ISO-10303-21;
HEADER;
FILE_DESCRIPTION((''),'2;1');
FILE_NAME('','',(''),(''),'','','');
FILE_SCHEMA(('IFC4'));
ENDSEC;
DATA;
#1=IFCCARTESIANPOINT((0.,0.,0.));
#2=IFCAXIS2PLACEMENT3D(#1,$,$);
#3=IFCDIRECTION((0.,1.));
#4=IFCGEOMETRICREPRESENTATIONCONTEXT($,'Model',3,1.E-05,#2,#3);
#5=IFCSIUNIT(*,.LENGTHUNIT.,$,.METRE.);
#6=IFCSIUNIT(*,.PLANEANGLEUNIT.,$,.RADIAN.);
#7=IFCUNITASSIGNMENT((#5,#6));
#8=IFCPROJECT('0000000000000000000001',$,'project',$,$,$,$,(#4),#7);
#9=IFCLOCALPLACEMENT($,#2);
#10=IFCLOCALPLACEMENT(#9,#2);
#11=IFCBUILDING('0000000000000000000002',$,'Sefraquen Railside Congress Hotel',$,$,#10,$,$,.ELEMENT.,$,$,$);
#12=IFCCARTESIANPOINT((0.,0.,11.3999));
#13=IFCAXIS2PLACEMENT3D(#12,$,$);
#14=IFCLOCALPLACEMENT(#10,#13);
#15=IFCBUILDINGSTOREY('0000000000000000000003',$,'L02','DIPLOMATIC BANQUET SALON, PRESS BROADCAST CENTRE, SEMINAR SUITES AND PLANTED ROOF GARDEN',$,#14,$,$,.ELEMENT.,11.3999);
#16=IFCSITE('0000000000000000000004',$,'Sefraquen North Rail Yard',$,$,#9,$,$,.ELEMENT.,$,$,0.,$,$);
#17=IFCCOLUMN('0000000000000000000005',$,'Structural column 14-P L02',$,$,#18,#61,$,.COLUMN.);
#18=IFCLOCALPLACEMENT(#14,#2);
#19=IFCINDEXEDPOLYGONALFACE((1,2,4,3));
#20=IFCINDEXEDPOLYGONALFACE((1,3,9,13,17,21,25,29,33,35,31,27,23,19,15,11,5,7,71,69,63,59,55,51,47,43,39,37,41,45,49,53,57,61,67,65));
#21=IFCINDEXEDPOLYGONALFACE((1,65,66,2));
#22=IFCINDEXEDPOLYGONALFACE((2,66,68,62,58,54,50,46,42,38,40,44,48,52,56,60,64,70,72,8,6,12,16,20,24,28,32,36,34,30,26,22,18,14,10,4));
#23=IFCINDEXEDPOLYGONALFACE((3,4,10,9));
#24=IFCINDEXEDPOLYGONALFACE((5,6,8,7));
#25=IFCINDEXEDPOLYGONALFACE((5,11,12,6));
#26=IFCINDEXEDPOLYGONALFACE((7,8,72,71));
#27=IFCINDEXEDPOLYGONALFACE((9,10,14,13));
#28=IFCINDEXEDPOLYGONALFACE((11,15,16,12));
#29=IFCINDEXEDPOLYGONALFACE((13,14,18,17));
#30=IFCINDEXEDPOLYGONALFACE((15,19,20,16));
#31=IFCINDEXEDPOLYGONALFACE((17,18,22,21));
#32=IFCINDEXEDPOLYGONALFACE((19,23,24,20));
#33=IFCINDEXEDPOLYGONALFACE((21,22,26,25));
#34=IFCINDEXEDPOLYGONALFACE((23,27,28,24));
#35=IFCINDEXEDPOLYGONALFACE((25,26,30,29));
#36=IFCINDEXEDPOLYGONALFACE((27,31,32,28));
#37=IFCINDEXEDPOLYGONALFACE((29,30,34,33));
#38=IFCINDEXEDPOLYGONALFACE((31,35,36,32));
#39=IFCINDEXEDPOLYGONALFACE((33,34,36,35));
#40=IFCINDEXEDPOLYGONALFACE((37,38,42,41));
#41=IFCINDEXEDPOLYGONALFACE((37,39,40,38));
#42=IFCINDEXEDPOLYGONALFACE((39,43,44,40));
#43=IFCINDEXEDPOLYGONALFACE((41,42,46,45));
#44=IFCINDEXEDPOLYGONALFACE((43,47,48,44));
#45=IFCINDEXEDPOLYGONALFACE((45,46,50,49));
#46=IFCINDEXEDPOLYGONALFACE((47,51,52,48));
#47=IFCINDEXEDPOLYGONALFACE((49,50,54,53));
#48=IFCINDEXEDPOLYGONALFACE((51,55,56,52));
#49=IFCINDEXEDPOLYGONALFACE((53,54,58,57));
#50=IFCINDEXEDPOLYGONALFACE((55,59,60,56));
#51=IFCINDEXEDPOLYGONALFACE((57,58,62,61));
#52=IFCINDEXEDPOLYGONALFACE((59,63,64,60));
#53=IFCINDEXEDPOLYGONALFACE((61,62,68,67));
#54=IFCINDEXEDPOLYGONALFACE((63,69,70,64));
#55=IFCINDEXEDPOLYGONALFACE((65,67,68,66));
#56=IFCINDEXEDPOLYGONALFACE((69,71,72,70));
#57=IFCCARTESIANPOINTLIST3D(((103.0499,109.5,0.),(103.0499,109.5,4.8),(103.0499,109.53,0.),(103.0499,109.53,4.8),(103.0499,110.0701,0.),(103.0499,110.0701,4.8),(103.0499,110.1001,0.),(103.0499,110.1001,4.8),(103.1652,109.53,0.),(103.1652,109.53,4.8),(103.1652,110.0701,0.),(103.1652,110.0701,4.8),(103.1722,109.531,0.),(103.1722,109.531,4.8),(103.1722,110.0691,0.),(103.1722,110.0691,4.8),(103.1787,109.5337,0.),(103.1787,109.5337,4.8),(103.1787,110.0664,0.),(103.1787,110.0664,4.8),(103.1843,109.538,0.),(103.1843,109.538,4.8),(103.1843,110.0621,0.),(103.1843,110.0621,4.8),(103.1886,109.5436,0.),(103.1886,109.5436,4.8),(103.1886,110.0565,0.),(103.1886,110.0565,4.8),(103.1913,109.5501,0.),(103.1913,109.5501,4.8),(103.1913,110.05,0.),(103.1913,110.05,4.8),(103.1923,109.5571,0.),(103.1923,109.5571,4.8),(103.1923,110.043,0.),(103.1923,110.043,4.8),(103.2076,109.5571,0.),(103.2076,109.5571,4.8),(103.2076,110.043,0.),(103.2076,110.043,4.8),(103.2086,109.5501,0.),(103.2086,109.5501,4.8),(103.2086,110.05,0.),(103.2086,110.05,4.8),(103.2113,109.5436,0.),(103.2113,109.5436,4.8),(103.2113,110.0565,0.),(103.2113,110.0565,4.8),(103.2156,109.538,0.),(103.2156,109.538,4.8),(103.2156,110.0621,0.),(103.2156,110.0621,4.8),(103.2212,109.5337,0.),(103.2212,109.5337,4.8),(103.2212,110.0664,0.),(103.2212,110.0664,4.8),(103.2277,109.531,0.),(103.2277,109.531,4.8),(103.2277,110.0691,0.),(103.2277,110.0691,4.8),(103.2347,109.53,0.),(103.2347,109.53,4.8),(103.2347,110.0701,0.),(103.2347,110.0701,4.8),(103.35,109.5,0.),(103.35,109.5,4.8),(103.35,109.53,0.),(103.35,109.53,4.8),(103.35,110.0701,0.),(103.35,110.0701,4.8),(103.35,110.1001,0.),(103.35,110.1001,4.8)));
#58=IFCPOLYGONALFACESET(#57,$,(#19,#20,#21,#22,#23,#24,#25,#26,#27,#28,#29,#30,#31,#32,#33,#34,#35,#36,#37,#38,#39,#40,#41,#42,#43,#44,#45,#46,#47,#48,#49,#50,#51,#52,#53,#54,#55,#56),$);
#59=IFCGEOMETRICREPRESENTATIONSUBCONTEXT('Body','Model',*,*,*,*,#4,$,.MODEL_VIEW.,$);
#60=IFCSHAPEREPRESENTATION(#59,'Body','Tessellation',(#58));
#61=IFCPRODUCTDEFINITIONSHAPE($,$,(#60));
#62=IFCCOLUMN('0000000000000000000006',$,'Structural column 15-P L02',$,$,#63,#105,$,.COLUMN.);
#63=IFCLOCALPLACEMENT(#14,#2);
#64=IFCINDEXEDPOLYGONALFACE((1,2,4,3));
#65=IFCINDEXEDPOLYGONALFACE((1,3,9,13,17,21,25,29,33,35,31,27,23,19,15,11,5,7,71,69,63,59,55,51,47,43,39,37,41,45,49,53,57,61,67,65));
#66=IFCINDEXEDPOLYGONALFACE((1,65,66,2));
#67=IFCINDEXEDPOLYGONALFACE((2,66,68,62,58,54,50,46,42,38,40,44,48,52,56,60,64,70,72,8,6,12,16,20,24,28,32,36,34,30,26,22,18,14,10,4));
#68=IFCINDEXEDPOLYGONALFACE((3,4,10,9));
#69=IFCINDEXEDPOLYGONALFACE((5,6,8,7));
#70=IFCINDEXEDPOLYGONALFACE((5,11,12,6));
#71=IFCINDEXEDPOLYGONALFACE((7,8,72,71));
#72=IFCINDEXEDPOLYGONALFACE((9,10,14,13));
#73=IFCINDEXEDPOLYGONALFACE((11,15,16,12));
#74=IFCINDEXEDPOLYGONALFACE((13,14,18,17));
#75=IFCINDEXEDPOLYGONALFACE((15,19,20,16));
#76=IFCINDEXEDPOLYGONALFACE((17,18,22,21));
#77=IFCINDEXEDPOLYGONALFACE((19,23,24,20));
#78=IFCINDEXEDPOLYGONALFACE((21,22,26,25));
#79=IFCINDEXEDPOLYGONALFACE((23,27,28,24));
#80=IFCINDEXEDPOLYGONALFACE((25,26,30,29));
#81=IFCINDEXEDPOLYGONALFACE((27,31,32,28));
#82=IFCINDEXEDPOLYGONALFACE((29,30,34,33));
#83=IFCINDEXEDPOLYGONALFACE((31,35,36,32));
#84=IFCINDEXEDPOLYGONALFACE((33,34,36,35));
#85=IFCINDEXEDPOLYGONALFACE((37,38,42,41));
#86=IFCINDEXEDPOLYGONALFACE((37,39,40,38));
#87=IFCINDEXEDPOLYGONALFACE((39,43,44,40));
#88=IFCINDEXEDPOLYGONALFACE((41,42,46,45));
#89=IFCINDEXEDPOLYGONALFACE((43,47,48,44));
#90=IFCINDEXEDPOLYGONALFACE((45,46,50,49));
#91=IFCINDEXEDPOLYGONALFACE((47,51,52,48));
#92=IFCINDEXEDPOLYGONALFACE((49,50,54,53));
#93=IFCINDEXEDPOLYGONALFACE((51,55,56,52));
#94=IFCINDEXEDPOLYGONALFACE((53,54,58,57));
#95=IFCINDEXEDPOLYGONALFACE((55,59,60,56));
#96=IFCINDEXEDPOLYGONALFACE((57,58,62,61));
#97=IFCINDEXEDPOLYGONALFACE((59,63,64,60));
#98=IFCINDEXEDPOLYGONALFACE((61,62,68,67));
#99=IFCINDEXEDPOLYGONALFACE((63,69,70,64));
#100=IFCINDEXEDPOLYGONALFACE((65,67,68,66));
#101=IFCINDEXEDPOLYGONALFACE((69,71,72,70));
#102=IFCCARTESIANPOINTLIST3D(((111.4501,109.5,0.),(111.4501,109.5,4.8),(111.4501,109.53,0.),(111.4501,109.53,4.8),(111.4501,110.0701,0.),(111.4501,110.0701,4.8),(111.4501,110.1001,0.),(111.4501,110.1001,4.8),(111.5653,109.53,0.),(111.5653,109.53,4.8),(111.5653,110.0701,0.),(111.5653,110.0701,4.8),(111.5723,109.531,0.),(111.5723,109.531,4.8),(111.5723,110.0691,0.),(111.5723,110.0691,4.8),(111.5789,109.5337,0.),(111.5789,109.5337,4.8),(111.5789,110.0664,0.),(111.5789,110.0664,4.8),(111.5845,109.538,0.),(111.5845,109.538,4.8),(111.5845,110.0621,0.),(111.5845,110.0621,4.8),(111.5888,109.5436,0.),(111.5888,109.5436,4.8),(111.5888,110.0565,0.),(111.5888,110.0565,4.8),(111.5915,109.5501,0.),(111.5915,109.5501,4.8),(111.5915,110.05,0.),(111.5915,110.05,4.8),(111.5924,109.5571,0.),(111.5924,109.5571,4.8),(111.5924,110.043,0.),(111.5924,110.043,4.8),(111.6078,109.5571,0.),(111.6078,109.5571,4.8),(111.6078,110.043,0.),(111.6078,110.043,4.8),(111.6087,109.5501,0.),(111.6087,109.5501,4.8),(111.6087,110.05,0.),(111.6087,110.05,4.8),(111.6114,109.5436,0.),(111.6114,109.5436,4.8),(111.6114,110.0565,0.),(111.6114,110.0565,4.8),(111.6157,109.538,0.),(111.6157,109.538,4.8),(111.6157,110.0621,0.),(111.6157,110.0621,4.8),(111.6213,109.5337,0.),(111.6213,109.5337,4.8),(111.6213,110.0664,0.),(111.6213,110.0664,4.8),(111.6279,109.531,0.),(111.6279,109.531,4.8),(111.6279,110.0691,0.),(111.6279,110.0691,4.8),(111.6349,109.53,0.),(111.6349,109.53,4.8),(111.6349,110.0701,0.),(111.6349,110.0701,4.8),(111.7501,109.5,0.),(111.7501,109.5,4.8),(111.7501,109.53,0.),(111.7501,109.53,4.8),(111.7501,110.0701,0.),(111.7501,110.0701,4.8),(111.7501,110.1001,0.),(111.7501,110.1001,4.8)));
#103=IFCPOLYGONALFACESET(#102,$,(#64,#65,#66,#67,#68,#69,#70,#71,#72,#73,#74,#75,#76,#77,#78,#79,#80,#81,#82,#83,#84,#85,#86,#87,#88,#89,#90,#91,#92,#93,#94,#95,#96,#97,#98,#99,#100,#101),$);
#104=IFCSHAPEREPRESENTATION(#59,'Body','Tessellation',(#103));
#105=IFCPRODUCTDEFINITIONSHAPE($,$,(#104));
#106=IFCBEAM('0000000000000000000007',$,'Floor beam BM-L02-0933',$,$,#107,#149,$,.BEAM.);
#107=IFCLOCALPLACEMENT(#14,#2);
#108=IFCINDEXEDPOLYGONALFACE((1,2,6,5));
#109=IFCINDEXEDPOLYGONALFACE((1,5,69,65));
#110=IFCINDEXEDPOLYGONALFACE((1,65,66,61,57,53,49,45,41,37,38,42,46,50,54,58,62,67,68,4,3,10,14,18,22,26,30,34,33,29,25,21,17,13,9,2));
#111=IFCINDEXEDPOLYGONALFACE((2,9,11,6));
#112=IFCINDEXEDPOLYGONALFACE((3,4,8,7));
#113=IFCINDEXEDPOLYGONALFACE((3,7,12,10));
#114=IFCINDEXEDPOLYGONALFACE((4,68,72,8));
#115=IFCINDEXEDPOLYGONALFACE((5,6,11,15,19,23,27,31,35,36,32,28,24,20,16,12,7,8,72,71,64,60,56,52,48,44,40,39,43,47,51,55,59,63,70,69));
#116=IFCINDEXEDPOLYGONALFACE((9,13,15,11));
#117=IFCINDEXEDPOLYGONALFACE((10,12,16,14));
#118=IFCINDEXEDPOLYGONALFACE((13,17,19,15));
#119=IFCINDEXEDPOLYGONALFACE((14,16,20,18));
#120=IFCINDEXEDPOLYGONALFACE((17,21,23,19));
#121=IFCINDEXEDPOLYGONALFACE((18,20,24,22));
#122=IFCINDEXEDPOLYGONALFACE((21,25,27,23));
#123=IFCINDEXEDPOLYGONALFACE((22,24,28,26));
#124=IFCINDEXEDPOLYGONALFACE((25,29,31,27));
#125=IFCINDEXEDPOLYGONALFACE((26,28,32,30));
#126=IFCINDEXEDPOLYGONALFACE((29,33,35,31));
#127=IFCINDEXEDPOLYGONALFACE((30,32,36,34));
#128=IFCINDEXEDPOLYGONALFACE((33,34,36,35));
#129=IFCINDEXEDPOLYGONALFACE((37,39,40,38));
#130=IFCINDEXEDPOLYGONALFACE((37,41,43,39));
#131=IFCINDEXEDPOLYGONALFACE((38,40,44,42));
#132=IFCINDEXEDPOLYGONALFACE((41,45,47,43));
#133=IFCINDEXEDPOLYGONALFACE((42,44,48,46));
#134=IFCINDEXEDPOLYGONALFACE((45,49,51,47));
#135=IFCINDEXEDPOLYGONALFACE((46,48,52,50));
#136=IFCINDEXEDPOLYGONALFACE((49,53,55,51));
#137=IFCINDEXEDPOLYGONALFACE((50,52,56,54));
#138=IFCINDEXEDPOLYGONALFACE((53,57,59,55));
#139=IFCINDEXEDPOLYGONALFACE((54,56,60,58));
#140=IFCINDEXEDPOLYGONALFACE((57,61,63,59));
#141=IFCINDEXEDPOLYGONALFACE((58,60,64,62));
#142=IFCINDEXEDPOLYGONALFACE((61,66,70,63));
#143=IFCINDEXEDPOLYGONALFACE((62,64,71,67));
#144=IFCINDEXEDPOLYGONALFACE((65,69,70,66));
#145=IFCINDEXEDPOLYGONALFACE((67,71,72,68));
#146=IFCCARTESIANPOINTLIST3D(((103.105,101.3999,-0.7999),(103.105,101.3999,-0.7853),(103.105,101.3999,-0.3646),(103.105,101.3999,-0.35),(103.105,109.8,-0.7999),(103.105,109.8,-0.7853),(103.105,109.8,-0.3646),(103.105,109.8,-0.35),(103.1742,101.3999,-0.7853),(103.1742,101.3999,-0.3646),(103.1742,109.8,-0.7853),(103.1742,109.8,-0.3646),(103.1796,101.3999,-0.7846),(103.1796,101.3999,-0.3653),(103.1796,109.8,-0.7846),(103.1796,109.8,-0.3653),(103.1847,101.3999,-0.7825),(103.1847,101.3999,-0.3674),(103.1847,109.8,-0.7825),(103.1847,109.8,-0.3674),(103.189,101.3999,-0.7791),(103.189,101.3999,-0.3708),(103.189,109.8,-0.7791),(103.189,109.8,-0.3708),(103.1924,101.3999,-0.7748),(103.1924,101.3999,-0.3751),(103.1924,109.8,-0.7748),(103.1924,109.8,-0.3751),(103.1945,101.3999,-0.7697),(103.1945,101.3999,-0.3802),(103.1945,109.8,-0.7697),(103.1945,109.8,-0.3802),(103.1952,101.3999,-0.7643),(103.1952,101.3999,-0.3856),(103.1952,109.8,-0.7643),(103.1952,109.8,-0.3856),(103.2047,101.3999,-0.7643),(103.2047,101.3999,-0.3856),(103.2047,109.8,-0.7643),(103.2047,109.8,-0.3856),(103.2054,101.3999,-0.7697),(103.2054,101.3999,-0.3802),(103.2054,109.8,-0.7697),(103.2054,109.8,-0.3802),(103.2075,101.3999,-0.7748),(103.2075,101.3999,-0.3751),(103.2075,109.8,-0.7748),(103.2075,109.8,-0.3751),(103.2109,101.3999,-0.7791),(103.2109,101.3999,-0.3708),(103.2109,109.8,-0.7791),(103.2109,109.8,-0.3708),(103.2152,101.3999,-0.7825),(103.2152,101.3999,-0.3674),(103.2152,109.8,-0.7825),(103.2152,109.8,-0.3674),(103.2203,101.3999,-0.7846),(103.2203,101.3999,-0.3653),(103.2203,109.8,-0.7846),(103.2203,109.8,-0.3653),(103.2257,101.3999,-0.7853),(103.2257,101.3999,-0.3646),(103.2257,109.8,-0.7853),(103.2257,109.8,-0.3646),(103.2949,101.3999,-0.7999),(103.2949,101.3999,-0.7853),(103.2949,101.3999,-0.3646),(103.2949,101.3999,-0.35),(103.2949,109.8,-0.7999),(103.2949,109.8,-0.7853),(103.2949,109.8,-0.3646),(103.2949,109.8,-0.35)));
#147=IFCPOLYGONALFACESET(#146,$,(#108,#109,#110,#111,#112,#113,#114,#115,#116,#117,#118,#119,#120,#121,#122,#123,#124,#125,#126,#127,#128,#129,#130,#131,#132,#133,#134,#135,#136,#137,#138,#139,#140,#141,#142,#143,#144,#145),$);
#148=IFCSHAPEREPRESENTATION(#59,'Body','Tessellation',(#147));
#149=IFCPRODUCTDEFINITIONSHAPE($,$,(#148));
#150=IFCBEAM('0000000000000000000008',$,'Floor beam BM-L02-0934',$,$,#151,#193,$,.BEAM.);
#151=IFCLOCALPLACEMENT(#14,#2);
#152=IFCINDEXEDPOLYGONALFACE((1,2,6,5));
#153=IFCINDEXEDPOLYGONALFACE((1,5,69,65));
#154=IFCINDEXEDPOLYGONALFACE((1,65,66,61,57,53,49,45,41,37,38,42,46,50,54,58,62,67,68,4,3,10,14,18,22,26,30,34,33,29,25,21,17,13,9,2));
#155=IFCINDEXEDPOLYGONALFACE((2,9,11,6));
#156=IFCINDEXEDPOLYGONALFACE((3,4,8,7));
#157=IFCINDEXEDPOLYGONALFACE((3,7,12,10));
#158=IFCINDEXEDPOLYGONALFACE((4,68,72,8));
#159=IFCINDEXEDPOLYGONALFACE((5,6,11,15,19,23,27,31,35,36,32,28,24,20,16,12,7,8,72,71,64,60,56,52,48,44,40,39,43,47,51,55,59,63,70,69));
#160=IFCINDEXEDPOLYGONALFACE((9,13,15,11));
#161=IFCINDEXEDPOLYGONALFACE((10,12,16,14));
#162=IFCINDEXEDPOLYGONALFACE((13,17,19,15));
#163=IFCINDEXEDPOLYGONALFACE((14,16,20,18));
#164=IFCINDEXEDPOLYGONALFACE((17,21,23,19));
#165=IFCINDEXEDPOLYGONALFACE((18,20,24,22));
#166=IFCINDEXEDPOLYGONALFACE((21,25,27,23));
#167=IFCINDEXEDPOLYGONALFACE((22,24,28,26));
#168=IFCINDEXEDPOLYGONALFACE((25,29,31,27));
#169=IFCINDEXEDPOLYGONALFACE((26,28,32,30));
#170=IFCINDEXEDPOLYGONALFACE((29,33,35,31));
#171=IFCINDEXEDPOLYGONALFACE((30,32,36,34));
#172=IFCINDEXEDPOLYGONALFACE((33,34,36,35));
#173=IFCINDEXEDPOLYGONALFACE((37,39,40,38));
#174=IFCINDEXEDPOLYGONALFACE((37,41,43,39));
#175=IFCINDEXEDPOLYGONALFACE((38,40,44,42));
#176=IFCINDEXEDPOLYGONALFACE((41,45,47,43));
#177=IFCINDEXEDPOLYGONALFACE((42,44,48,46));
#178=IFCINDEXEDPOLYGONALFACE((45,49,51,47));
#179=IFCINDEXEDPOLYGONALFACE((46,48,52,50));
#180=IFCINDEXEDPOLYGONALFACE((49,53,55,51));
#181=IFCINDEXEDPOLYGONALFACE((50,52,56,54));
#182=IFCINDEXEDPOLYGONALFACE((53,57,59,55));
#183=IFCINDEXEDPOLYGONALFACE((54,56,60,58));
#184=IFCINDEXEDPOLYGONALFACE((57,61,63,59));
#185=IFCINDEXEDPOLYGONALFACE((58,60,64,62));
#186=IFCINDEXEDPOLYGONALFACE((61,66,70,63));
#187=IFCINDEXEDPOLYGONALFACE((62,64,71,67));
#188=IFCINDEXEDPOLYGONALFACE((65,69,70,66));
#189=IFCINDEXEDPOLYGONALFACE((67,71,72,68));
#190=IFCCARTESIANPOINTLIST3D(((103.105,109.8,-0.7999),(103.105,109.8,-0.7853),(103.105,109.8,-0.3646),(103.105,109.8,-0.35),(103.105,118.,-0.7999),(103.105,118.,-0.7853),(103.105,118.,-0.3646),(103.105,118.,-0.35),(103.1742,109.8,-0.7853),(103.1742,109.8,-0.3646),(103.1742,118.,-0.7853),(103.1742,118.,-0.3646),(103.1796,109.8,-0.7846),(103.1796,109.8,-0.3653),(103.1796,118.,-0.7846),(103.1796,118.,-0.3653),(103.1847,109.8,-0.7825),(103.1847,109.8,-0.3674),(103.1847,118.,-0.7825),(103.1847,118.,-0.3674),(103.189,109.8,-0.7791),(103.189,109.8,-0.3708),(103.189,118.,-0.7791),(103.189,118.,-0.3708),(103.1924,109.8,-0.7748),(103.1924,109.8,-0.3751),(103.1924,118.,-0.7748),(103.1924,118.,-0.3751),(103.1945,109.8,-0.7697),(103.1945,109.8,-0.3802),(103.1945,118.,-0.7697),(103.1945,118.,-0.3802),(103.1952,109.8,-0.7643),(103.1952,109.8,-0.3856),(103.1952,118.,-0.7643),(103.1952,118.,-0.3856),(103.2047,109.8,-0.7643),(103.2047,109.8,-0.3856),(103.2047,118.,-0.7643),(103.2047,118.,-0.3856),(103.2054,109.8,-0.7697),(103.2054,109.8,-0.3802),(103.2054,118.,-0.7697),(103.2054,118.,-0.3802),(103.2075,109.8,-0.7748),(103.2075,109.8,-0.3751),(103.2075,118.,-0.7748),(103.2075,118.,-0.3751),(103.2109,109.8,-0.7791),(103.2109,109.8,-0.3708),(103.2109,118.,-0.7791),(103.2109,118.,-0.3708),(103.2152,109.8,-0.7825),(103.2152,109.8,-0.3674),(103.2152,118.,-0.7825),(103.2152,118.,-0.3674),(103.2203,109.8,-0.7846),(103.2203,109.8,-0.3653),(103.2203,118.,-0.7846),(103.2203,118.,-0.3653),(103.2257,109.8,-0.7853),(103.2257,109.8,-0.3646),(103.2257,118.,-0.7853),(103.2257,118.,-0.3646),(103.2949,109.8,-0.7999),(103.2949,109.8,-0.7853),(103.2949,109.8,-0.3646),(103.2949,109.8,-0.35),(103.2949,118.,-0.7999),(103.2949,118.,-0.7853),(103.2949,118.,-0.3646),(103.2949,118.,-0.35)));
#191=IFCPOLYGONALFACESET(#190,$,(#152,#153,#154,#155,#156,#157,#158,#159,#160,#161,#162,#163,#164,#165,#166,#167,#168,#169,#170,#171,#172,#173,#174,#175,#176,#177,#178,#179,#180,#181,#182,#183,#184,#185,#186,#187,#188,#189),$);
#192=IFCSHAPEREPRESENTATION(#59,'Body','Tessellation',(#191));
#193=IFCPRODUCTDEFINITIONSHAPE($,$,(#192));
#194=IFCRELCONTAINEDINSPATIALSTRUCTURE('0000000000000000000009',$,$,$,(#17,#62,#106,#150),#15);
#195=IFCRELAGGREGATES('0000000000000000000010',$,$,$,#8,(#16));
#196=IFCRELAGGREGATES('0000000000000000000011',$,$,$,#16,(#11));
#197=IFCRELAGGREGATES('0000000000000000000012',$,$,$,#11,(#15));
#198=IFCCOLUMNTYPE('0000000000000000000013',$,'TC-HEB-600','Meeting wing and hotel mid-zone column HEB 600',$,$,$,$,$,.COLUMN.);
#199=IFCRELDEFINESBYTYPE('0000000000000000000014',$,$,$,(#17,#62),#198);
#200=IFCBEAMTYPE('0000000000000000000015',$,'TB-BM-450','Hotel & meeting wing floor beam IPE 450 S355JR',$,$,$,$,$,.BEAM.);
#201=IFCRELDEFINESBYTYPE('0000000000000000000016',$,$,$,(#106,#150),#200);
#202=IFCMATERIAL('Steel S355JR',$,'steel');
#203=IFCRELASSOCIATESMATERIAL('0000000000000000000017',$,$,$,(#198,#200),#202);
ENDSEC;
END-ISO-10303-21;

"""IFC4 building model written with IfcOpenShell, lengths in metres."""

from ifc_helpers import new_model, si_unit, direction, frame, origin, origin_2d, place, context, subcontext, project, spatial, i_section, extrude, material, material_profile, profile_set, type_object, element, save


model = new_model("IFC4")

# Units and contexts
model_context = context("Model", 3, precision=1e-05, world=origin(), true_north=direction((0.0, 1.0)))
body_context = subcontext(model_context, "Body", "Model", "MODEL_VIEW")
ifc_project = project(units=[si_unit("LENGTHUNIT", "METRE"), si_unit("PLANEANGLEUNIT", "RADIAN")], contexts=[model_context])

# Site, building, storey
site_placement = place(None, origin())
site = spatial("IfcSite", under=ifc_project, at=site_placement, Name="Sefraquen North Rail Yard", CompositionType="ELEMENT", RefElevation=0.0)
building_placement = place(site_placement, origin())
building = spatial("IfcBuilding", under=site, at=building_placement, Name="Sefraquen Railside Congress Hotel", CompositionType="ELEMENT")
storey_placement = place(building_placement, frame((0.0, 0.0, 11.3999)))
storey = spatial("IfcBuildingStorey", under=building, at=storey_placement, Name="L02", Description="DIPLOMATIC BANQUET SALON, PRESS BROADCAST CENTRE, SEMINAR SUITES AND PLANTED ROOF GARDEN", CompositionType="ELEMENT", Elevation=11.3999)

# Columns
ifc_material = material(Name="Steel S355JR", Category="steel")
ifc_material_profile_1 = material_profile(ifc_material, i_section(OverallWidth=0.3, OverallDepth=0.6001, WebThickness=0.0154, FlangeThickness=0.03, FilletRadius=0.0271, at=origin_2d()), Name="HEB 600")
ifc_profile_set_1 = profile_set([ifc_material_profile_1], Name="Steel S355JR")
column_type_1 = type_object("IfcColumnType", Name="TC-HEB-600", Description="Meeting wing and hotel mid-zone column HEB 600", PredefinedType="COLUMN", material=ifc_profile_set_1)
for number, where, z_axis, x_axis, name in (
    (1, (103.2, 109.8, 0.0), (0.0, 0.0, 1.0), (1.0, 0.0, 0.0), "Structural column 14-P L02"),
    (2, (111.6001, 109.8, 0.0), (0.0, 0.0, 1.0), (1.0, 0.0, 0.0), "Structural column 15-P L02"),
):
    element("IfcColumn", number, at=place(storey_placement, frame(where, z_axis=z_axis, x_axis=x_axis)), inside=storey, type_object=column_type_1, Name=name, PredefinedType="COLUMN", context=body_context, shape_type="SweptSolid", body=[
        extrude(i_section(OverallWidth=0.3, OverallDepth=0.6001, WebThickness=0.0154, FlangeThickness=0.03, FilletRadius=0.0271, at=origin_2d()), origin(), (0.0, 0.0, 1.0), 4.8),
    ])

# Beams
ifc_material_profile_2 = material_profile(ifc_material, i_section(OverallWidth=0.1899, OverallDepth=0.45, WebThickness=0.0095, FlangeThickness=0.0146, FilletRadius=0.021, at=origin_2d()), Name="IPE 450")
ifc_profile_set_2 = profile_set([ifc_material_profile_2], Name="Steel S355JR")
beam_type_1 = type_object("IfcBeamType", Name="TB-BM-450", Description="Hotel & meeting wing floor beam IPE 450 S355JR", PredefinedType="BEAM", material=ifc_profile_set_2)
beam_1_placement = place(storey_placement, frame((103.2, 101.3999, -0.575), z_axis=(0.0, 1.0, 0.0), x_axis=(-1.0, 0.0, 0.0)))
element("IfcBeam", 3, at=beam_1_placement, inside=storey, type_object=beam_type_1, Name="Floor beam BM-L02-0933", PredefinedType="BEAM", context=body_context, shape_type="SweptSolid", body=[
    extrude(i_section(OverallWidth=0.1899, OverallDepth=0.45, WebThickness=0.0095, FlangeThickness=0.0146, FilletRadius=0.021, at=origin_2d()), origin(), (0.0, 0.0, 1.0), 8.4001),
])
beam_2_placement = place(storey_placement, frame((103.2, 109.8, -0.575), z_axis=(0.0, 1.0, 0.0), x_axis=(-1.0, 0.0, 0.0)))
element("IfcBeam", 4, at=beam_2_placement, inside=storey, type_object=beam_type_1, Name="Floor beam BM-L02-0934", PredefinedType="BEAM", context=body_context, shape_type="SweptSolid", body=[
    extrude(i_section(OverallWidth=0.1899, OverallDepth=0.45, WebThickness=0.0095, FlangeThickness=0.0146, FilletRadius=0.021, at=origin_2d()), origin(), (0.0, 0.0, 1.0), 8.2),
])

save(model, "model.ifc")
